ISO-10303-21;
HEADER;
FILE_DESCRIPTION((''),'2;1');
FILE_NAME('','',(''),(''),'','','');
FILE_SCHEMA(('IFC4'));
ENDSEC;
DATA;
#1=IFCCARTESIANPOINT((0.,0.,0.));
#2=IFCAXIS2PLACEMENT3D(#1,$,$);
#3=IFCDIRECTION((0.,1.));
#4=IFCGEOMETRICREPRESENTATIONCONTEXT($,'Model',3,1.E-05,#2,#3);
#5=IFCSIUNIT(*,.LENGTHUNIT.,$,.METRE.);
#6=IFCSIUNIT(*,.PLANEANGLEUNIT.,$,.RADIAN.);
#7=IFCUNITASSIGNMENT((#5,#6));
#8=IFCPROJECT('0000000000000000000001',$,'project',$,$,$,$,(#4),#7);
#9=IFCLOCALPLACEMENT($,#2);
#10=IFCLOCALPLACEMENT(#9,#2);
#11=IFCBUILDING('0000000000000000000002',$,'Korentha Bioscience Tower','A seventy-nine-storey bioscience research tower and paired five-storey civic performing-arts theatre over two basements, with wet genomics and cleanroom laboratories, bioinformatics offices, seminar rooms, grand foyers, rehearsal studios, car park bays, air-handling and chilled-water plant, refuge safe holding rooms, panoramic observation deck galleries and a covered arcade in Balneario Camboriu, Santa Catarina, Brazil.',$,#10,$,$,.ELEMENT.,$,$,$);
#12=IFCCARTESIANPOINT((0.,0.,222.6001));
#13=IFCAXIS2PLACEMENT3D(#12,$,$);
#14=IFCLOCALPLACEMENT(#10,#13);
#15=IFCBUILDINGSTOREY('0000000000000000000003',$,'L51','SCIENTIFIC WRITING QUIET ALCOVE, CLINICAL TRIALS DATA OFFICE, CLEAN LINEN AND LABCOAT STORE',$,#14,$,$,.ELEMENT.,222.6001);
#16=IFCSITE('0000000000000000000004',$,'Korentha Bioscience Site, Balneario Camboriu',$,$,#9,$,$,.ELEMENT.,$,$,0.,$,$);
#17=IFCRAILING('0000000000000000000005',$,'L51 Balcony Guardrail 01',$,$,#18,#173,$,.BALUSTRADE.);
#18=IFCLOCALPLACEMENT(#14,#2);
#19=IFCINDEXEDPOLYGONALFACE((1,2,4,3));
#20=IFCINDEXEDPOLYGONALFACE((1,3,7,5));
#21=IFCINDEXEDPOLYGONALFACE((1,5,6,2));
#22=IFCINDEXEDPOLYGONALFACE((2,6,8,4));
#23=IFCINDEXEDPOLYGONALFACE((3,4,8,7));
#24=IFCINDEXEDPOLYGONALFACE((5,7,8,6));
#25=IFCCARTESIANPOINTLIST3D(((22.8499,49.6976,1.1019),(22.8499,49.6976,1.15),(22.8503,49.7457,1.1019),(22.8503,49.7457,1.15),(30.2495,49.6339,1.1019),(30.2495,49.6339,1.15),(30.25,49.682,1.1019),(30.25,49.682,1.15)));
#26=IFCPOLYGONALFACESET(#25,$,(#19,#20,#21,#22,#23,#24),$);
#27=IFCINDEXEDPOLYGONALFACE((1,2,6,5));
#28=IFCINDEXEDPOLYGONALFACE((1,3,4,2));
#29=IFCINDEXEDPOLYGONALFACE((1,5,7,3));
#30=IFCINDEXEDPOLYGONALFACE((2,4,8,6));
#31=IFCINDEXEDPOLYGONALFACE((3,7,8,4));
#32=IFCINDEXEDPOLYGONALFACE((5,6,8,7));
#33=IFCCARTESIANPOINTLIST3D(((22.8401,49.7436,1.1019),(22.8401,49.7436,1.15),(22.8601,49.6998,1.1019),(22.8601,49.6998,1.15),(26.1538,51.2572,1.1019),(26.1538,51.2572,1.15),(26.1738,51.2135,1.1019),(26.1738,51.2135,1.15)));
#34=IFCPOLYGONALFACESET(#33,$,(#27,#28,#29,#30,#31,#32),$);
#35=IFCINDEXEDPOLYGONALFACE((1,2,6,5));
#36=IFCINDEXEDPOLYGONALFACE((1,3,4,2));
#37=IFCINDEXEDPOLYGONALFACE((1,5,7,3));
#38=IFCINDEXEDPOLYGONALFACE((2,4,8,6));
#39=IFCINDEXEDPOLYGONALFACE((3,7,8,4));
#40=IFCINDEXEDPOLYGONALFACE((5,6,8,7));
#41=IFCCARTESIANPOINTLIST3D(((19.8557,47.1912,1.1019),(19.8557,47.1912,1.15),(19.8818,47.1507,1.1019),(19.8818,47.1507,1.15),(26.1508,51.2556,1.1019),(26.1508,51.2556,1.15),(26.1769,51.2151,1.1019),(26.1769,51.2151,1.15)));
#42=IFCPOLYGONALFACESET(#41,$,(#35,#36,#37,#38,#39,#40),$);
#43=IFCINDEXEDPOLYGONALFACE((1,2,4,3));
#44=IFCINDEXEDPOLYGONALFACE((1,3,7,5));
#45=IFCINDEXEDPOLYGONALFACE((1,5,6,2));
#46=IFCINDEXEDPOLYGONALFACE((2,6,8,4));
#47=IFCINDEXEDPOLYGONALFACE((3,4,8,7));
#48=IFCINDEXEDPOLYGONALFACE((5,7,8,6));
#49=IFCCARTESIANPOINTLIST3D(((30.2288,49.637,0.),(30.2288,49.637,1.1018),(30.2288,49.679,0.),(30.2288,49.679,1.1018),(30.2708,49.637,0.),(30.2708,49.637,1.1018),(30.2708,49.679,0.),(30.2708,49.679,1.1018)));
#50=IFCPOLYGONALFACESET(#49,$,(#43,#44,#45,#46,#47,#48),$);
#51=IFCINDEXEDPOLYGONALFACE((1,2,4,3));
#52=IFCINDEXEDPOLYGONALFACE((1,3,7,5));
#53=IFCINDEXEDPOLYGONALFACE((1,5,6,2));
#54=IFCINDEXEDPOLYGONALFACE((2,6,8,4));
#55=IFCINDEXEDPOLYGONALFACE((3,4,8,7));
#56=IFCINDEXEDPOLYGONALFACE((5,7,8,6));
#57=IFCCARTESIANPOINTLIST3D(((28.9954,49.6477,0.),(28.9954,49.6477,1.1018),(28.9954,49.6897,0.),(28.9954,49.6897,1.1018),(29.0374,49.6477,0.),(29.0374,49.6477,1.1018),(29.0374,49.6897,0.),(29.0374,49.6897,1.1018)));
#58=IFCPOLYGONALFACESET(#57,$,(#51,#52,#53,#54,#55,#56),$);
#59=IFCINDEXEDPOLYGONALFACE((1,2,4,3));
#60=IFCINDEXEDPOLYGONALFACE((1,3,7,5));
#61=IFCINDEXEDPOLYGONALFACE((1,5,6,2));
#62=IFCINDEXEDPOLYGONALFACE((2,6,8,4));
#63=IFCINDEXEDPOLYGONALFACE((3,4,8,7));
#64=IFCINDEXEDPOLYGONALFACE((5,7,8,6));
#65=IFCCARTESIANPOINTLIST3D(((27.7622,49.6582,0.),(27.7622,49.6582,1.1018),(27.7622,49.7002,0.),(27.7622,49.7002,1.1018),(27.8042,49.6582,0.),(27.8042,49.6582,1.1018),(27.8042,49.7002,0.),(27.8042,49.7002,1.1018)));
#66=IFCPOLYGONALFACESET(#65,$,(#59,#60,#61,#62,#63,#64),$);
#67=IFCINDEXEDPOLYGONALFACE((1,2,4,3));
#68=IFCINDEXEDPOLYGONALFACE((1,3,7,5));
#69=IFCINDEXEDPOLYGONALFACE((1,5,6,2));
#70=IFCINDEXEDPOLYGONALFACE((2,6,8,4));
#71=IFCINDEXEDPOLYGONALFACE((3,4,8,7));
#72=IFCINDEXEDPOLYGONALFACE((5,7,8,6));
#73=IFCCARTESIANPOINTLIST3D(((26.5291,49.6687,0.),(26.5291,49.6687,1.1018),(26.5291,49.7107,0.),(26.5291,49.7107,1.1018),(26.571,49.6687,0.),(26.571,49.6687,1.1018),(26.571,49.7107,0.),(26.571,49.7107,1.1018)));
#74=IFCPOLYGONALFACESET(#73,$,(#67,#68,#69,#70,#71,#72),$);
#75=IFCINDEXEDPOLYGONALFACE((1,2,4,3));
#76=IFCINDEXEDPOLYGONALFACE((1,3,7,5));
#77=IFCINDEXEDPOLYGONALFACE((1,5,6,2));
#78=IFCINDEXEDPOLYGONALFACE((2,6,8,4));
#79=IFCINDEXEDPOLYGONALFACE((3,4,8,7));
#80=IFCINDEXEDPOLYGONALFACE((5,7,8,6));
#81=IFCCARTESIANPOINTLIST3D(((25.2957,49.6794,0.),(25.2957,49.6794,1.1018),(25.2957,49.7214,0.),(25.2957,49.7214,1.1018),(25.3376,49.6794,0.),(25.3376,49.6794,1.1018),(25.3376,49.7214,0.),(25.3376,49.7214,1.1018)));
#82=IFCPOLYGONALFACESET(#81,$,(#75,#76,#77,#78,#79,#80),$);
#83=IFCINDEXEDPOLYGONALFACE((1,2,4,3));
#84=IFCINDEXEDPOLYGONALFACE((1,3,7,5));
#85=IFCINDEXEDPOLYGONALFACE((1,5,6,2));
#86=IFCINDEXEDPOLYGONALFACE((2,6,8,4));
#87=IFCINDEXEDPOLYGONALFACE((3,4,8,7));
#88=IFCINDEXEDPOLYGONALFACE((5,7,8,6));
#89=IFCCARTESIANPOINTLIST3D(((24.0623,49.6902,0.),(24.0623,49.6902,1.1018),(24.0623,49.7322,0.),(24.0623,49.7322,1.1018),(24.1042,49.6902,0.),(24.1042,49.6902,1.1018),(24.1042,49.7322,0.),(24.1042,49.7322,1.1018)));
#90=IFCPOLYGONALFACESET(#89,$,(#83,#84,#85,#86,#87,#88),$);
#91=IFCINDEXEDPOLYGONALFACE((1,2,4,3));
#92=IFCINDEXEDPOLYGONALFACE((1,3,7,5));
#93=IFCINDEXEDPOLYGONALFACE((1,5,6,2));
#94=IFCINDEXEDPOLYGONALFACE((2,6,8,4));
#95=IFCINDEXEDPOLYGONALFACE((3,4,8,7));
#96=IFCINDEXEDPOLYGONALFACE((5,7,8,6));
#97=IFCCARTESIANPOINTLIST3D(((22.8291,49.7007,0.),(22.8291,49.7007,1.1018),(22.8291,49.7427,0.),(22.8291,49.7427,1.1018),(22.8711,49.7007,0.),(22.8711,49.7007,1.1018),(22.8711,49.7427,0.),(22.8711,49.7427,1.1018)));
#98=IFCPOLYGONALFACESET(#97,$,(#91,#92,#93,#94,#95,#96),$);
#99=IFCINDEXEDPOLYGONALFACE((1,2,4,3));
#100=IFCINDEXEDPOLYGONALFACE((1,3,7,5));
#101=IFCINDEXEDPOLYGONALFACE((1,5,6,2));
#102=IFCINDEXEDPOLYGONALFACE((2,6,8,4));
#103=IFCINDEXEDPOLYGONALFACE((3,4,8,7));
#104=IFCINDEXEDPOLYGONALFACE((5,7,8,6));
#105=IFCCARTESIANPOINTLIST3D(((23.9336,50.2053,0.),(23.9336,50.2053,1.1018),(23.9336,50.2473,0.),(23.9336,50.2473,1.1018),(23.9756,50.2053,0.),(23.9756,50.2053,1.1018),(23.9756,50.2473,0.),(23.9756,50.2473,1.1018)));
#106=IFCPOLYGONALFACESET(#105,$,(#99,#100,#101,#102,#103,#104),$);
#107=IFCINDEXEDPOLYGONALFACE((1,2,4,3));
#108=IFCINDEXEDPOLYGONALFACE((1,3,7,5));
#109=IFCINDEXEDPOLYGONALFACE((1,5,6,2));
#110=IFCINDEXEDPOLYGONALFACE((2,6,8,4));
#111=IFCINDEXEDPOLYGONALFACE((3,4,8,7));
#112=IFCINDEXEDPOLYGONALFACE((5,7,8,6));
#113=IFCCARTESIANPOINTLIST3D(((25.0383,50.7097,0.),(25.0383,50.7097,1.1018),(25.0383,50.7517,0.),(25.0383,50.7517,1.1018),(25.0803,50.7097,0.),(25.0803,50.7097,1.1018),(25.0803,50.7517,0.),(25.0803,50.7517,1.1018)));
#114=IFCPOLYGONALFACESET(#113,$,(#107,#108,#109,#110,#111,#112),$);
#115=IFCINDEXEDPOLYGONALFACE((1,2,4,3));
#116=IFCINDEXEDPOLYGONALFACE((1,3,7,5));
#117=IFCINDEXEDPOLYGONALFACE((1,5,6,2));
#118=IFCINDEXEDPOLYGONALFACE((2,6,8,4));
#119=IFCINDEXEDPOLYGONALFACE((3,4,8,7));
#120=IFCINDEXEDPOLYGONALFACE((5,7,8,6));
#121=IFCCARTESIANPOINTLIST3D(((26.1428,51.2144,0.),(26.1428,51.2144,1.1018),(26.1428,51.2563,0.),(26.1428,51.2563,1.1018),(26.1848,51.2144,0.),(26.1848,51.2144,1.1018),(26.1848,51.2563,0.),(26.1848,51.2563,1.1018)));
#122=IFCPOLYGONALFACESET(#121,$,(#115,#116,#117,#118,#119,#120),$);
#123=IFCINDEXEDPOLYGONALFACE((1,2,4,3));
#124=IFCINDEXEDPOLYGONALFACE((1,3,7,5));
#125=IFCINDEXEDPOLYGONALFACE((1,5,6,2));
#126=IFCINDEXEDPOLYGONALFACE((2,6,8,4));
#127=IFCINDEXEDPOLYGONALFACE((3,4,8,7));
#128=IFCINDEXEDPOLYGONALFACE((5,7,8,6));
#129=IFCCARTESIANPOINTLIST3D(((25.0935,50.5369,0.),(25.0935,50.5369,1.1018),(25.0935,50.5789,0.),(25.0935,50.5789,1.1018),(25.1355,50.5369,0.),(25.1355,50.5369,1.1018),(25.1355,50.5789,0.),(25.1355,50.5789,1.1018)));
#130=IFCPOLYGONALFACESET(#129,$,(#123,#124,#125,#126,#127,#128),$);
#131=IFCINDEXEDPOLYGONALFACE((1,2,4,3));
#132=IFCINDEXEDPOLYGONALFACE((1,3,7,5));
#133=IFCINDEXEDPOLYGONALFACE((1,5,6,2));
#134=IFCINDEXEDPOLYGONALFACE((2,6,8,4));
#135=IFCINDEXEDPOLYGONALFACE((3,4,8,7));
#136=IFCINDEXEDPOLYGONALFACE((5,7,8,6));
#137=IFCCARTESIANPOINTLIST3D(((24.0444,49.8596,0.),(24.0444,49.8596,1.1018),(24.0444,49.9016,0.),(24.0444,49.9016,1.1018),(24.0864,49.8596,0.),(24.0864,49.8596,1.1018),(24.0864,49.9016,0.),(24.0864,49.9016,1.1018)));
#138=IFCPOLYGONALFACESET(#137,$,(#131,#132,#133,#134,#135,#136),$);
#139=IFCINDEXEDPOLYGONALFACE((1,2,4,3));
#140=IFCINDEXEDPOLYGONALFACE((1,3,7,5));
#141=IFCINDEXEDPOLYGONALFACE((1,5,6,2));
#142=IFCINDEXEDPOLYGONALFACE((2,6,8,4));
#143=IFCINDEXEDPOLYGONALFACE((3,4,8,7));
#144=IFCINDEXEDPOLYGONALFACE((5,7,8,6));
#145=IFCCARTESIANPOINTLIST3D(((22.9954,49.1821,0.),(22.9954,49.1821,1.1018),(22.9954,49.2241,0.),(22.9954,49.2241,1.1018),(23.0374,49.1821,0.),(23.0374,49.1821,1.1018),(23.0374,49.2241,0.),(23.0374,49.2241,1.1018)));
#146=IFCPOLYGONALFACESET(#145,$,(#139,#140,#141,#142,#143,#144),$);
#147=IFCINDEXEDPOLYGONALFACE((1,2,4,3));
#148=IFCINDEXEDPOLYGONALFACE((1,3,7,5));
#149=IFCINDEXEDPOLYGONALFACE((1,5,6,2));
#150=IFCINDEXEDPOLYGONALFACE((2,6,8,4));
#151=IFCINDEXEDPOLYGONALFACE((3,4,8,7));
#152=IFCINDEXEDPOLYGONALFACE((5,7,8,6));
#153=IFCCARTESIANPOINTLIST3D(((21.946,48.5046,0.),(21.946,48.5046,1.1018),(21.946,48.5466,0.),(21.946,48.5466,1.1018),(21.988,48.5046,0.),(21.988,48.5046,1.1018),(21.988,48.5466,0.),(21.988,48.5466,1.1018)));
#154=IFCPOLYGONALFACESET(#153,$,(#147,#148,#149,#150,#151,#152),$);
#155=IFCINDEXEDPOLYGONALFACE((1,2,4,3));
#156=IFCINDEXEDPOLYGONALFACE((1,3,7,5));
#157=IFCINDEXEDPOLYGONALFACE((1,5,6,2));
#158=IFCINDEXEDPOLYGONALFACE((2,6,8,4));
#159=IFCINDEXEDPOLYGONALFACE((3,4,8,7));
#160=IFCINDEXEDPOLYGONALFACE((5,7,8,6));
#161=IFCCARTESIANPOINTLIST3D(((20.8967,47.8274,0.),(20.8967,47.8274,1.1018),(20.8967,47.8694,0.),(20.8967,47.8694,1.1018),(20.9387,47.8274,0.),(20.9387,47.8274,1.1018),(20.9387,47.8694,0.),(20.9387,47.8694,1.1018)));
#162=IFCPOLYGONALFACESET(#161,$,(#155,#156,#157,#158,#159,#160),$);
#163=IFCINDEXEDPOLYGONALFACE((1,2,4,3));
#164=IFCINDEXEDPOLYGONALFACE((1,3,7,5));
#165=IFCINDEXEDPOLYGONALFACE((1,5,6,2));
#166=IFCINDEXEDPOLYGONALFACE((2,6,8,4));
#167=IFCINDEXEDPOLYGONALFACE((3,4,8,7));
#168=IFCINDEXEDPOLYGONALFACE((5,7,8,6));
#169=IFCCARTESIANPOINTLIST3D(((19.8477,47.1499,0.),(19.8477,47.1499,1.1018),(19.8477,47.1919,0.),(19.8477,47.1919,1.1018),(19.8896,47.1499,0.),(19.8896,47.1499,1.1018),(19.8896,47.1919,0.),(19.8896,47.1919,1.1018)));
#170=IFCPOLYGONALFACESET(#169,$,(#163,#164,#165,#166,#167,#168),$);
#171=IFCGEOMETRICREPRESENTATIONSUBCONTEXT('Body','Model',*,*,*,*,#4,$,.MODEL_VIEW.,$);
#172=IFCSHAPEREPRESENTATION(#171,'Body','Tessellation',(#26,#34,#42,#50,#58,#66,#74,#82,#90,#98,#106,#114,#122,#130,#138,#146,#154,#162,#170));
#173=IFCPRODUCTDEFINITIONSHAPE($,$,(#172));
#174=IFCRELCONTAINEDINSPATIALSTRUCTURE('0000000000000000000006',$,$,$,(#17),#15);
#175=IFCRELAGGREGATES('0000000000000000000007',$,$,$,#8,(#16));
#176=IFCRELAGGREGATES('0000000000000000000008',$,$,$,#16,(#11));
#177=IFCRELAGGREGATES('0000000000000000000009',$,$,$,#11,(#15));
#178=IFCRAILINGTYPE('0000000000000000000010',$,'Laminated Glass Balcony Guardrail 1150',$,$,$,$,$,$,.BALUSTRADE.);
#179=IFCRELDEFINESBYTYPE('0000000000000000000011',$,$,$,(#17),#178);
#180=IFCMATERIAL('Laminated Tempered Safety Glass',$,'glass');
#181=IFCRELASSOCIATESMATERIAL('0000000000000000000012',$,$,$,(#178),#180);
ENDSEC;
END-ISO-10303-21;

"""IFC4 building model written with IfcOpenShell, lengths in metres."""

from ifc_helpers import new_model, si_unit, direction, frame, origin, origin_2d, place, context, subcontext, project, spatial, rectangle, extrude, material, type_object, element, save


model = new_model("IFC4")

# Units and contexts
model_context = context("Model", 3, precision=1e-05, world=origin(), true_north=direction((0.0, 1.0)))
body_context = subcontext(model_context, "Body", "Model", "MODEL_VIEW")
ifc_project = project(units=[si_unit("LENGTHUNIT", "METRE"), si_unit("PLANEANGLEUNIT", "RADIAN")], contexts=[model_context])

# Site, building, storey
site_placement = place(None, origin())
site = spatial("IfcSite", under=ifc_project, at=site_placement, Name="Korentha Bioscience Site, Balneario Camboriu", CompositionType="ELEMENT", RefElevation=0.0)
building_placement = place(site_placement, origin())
building = spatial("IfcBuilding", under=site, at=building_placement, Name="Korentha Bioscience Tower", Description="A seventy-nine-storey bioscience research tower and paired five-storey civic performing-arts theatre over two basements, with wet genomics and cleanroom laboratories, bioinformatics offices, seminar rooms, grand foyers, rehearsal studios, car park bays, air-handling and chilled-water plant, refuge safe holding rooms, panoramic observation deck galleries and a covered arcade in Balneario Camboriu, Santa Catarina, Brazil.", CompositionType="ELEMENT")
storey_placement = place(building_placement, frame((0.0, 0.0, 222.6001)))
storey = spatial("IfcBuildingStorey", under=building, at=storey_placement, Name="L51", Description="SCIENTIFIC WRITING QUIET ALCOVE, CLINICAL TRIALS DATA OFFICE, CLEAN LINEN AND LABCOAT STORE", CompositionType="ELEMENT", Elevation=222.6001)

# Railing
ifc_material_1 = material(Name="Laminated Tempered Safety Glass", Category="glass")
railing_type = type_object("IfcRailingType", Name="Laminated Glass Balcony Guardrail 1150", PredefinedType="BALUSTRADE", material=ifc_material_1)
railing_placement = place(storey_placement, frame((30.2498, 49.658, 0.0)))
element("IfcRailing", 1, at=railing_placement, inside=storey, type_object=railing_type, Name="L51 Balcony Guardrail 01", PredefinedType="BALUSTRADE", context=body_context, shape_type="SweptSolid", body=[
    extrude(rectangle(XDim=0.0481, YDim=0.0481, at=origin_2d()), frame((0.0, 0.0, 1.126), z_axis=(-0.999963, 0.008611, 0.0), x_axis=(-0.008611, -0.999963, 0.0)), (0.0, 0.0, 1.0), 7.3999),
    extrude(rectangle(XDim=0.0481, YDim=0.0481, at=origin_2d()), frame((-7.3997, 0.0637, 1.126), z_axis=(0.909596, 0.415494, 0.0), x_axis=(-0.415494, 0.909596, 0.0)), (0.0, 0.0, 1.0), 3.6431),
    extrude(rectangle(XDim=0.0481, YDim=0.0481, at=origin_2d()), frame((-4.0859, 1.5774, 1.126), z_axis=(-0.840111, -0.542415, 0.0), x_axis=(0.542415, -0.840111, 0.0)), (0.0, 0.0, 1.0), 7.4932),
    extrude(rectangle(XDim=0.042, YDim=0.042, at=origin_2d()), origin(), (0.0, 0.0, 1.0), 1.1018),
    extrude(rectangle(XDim=0.042, YDim=0.042, at=origin_2d()), frame((-1.2334, 0.0107, 0.0)), (0.0, 0.0, 1.0), 1.1018),
    extrude(rectangle(XDim=0.042, YDim=0.042, at=origin_2d()), frame((-2.4666, 0.0212, 0.0)), (0.0, 0.0, 1.0), 1.1018),
    extrude(rectangle(XDim=0.042, YDim=0.042, at=origin_2d()), frame((-3.6997, 0.0317, 0.0)), (0.0, 0.0, 1.0), 1.1018),
    extrude(rectangle(XDim=0.042, YDim=0.042, at=origin_2d()), frame((-4.9331, 0.0425, 0.0)), (0.0, 0.0, 1.0), 1.1018),
    extrude(rectangle(XDim=0.042, YDim=0.042, at=origin_2d()), frame((-6.1665, 0.0532, 0.0)), (0.0, 0.0, 1.0), 1.1018),
    extrude(rectangle(XDim=0.042, YDim=0.042, at=origin_2d()), frame((-7.3997, 0.0637, 0.0)), (0.0, 0.0, 1.0), 1.1018),
    extrude(rectangle(XDim=0.042, YDim=0.042, at=origin_2d()), frame((-6.2952, 0.5684, 0.0)), (0.0, 0.0, 1.0), 1.1018),
    extrude(rectangle(XDim=0.042, YDim=0.042, at=origin_2d()), frame((-5.1904, 1.0728, 0.0)), (0.0, 0.0, 1.0), 1.1018),
    extrude(rectangle(XDim=0.042, YDim=0.042, at=origin_2d()), frame((-4.0859, 1.5774, 0.0)), (0.0, 0.0, 1.0), 1.1018),
    extrude(rectangle(XDim=0.042, YDim=0.042, at=origin_2d()), frame((-5.1353, 0.8999, 0.0)), (0.0, 0.0, 1.0), 1.1018),
    extrude(rectangle(XDim=0.042, YDim=0.042, at=origin_2d()), frame((-6.1843, 0.2227, 0.0)), (0.0, 0.0, 1.0), 1.1018),
    extrude(rectangle(XDim=0.042, YDim=0.042, at=origin_2d()), frame((-7.2334, -0.4548, 0.0)), (0.0, 0.0, 1.0), 1.1018),
    extrude(rectangle(XDim=0.042, YDim=0.042, at=origin_2d()), frame((-8.2827, -1.1323, 0.0)), (0.0, 0.0, 1.0), 1.1018),
    extrude(rectangle(XDim=0.042, YDim=0.042, at=origin_2d()), frame((-9.332, -1.8096, 0.0)), (0.0, 0.0, 1.0), 1.1018),
    extrude(rectangle(XDim=0.042, YDim=0.042, at=origin_2d()), frame((-10.3811, -2.4871, 0.0)), (0.0, 0.0, 1.0), 1.1018),
])

save(model, "model.ifc")
